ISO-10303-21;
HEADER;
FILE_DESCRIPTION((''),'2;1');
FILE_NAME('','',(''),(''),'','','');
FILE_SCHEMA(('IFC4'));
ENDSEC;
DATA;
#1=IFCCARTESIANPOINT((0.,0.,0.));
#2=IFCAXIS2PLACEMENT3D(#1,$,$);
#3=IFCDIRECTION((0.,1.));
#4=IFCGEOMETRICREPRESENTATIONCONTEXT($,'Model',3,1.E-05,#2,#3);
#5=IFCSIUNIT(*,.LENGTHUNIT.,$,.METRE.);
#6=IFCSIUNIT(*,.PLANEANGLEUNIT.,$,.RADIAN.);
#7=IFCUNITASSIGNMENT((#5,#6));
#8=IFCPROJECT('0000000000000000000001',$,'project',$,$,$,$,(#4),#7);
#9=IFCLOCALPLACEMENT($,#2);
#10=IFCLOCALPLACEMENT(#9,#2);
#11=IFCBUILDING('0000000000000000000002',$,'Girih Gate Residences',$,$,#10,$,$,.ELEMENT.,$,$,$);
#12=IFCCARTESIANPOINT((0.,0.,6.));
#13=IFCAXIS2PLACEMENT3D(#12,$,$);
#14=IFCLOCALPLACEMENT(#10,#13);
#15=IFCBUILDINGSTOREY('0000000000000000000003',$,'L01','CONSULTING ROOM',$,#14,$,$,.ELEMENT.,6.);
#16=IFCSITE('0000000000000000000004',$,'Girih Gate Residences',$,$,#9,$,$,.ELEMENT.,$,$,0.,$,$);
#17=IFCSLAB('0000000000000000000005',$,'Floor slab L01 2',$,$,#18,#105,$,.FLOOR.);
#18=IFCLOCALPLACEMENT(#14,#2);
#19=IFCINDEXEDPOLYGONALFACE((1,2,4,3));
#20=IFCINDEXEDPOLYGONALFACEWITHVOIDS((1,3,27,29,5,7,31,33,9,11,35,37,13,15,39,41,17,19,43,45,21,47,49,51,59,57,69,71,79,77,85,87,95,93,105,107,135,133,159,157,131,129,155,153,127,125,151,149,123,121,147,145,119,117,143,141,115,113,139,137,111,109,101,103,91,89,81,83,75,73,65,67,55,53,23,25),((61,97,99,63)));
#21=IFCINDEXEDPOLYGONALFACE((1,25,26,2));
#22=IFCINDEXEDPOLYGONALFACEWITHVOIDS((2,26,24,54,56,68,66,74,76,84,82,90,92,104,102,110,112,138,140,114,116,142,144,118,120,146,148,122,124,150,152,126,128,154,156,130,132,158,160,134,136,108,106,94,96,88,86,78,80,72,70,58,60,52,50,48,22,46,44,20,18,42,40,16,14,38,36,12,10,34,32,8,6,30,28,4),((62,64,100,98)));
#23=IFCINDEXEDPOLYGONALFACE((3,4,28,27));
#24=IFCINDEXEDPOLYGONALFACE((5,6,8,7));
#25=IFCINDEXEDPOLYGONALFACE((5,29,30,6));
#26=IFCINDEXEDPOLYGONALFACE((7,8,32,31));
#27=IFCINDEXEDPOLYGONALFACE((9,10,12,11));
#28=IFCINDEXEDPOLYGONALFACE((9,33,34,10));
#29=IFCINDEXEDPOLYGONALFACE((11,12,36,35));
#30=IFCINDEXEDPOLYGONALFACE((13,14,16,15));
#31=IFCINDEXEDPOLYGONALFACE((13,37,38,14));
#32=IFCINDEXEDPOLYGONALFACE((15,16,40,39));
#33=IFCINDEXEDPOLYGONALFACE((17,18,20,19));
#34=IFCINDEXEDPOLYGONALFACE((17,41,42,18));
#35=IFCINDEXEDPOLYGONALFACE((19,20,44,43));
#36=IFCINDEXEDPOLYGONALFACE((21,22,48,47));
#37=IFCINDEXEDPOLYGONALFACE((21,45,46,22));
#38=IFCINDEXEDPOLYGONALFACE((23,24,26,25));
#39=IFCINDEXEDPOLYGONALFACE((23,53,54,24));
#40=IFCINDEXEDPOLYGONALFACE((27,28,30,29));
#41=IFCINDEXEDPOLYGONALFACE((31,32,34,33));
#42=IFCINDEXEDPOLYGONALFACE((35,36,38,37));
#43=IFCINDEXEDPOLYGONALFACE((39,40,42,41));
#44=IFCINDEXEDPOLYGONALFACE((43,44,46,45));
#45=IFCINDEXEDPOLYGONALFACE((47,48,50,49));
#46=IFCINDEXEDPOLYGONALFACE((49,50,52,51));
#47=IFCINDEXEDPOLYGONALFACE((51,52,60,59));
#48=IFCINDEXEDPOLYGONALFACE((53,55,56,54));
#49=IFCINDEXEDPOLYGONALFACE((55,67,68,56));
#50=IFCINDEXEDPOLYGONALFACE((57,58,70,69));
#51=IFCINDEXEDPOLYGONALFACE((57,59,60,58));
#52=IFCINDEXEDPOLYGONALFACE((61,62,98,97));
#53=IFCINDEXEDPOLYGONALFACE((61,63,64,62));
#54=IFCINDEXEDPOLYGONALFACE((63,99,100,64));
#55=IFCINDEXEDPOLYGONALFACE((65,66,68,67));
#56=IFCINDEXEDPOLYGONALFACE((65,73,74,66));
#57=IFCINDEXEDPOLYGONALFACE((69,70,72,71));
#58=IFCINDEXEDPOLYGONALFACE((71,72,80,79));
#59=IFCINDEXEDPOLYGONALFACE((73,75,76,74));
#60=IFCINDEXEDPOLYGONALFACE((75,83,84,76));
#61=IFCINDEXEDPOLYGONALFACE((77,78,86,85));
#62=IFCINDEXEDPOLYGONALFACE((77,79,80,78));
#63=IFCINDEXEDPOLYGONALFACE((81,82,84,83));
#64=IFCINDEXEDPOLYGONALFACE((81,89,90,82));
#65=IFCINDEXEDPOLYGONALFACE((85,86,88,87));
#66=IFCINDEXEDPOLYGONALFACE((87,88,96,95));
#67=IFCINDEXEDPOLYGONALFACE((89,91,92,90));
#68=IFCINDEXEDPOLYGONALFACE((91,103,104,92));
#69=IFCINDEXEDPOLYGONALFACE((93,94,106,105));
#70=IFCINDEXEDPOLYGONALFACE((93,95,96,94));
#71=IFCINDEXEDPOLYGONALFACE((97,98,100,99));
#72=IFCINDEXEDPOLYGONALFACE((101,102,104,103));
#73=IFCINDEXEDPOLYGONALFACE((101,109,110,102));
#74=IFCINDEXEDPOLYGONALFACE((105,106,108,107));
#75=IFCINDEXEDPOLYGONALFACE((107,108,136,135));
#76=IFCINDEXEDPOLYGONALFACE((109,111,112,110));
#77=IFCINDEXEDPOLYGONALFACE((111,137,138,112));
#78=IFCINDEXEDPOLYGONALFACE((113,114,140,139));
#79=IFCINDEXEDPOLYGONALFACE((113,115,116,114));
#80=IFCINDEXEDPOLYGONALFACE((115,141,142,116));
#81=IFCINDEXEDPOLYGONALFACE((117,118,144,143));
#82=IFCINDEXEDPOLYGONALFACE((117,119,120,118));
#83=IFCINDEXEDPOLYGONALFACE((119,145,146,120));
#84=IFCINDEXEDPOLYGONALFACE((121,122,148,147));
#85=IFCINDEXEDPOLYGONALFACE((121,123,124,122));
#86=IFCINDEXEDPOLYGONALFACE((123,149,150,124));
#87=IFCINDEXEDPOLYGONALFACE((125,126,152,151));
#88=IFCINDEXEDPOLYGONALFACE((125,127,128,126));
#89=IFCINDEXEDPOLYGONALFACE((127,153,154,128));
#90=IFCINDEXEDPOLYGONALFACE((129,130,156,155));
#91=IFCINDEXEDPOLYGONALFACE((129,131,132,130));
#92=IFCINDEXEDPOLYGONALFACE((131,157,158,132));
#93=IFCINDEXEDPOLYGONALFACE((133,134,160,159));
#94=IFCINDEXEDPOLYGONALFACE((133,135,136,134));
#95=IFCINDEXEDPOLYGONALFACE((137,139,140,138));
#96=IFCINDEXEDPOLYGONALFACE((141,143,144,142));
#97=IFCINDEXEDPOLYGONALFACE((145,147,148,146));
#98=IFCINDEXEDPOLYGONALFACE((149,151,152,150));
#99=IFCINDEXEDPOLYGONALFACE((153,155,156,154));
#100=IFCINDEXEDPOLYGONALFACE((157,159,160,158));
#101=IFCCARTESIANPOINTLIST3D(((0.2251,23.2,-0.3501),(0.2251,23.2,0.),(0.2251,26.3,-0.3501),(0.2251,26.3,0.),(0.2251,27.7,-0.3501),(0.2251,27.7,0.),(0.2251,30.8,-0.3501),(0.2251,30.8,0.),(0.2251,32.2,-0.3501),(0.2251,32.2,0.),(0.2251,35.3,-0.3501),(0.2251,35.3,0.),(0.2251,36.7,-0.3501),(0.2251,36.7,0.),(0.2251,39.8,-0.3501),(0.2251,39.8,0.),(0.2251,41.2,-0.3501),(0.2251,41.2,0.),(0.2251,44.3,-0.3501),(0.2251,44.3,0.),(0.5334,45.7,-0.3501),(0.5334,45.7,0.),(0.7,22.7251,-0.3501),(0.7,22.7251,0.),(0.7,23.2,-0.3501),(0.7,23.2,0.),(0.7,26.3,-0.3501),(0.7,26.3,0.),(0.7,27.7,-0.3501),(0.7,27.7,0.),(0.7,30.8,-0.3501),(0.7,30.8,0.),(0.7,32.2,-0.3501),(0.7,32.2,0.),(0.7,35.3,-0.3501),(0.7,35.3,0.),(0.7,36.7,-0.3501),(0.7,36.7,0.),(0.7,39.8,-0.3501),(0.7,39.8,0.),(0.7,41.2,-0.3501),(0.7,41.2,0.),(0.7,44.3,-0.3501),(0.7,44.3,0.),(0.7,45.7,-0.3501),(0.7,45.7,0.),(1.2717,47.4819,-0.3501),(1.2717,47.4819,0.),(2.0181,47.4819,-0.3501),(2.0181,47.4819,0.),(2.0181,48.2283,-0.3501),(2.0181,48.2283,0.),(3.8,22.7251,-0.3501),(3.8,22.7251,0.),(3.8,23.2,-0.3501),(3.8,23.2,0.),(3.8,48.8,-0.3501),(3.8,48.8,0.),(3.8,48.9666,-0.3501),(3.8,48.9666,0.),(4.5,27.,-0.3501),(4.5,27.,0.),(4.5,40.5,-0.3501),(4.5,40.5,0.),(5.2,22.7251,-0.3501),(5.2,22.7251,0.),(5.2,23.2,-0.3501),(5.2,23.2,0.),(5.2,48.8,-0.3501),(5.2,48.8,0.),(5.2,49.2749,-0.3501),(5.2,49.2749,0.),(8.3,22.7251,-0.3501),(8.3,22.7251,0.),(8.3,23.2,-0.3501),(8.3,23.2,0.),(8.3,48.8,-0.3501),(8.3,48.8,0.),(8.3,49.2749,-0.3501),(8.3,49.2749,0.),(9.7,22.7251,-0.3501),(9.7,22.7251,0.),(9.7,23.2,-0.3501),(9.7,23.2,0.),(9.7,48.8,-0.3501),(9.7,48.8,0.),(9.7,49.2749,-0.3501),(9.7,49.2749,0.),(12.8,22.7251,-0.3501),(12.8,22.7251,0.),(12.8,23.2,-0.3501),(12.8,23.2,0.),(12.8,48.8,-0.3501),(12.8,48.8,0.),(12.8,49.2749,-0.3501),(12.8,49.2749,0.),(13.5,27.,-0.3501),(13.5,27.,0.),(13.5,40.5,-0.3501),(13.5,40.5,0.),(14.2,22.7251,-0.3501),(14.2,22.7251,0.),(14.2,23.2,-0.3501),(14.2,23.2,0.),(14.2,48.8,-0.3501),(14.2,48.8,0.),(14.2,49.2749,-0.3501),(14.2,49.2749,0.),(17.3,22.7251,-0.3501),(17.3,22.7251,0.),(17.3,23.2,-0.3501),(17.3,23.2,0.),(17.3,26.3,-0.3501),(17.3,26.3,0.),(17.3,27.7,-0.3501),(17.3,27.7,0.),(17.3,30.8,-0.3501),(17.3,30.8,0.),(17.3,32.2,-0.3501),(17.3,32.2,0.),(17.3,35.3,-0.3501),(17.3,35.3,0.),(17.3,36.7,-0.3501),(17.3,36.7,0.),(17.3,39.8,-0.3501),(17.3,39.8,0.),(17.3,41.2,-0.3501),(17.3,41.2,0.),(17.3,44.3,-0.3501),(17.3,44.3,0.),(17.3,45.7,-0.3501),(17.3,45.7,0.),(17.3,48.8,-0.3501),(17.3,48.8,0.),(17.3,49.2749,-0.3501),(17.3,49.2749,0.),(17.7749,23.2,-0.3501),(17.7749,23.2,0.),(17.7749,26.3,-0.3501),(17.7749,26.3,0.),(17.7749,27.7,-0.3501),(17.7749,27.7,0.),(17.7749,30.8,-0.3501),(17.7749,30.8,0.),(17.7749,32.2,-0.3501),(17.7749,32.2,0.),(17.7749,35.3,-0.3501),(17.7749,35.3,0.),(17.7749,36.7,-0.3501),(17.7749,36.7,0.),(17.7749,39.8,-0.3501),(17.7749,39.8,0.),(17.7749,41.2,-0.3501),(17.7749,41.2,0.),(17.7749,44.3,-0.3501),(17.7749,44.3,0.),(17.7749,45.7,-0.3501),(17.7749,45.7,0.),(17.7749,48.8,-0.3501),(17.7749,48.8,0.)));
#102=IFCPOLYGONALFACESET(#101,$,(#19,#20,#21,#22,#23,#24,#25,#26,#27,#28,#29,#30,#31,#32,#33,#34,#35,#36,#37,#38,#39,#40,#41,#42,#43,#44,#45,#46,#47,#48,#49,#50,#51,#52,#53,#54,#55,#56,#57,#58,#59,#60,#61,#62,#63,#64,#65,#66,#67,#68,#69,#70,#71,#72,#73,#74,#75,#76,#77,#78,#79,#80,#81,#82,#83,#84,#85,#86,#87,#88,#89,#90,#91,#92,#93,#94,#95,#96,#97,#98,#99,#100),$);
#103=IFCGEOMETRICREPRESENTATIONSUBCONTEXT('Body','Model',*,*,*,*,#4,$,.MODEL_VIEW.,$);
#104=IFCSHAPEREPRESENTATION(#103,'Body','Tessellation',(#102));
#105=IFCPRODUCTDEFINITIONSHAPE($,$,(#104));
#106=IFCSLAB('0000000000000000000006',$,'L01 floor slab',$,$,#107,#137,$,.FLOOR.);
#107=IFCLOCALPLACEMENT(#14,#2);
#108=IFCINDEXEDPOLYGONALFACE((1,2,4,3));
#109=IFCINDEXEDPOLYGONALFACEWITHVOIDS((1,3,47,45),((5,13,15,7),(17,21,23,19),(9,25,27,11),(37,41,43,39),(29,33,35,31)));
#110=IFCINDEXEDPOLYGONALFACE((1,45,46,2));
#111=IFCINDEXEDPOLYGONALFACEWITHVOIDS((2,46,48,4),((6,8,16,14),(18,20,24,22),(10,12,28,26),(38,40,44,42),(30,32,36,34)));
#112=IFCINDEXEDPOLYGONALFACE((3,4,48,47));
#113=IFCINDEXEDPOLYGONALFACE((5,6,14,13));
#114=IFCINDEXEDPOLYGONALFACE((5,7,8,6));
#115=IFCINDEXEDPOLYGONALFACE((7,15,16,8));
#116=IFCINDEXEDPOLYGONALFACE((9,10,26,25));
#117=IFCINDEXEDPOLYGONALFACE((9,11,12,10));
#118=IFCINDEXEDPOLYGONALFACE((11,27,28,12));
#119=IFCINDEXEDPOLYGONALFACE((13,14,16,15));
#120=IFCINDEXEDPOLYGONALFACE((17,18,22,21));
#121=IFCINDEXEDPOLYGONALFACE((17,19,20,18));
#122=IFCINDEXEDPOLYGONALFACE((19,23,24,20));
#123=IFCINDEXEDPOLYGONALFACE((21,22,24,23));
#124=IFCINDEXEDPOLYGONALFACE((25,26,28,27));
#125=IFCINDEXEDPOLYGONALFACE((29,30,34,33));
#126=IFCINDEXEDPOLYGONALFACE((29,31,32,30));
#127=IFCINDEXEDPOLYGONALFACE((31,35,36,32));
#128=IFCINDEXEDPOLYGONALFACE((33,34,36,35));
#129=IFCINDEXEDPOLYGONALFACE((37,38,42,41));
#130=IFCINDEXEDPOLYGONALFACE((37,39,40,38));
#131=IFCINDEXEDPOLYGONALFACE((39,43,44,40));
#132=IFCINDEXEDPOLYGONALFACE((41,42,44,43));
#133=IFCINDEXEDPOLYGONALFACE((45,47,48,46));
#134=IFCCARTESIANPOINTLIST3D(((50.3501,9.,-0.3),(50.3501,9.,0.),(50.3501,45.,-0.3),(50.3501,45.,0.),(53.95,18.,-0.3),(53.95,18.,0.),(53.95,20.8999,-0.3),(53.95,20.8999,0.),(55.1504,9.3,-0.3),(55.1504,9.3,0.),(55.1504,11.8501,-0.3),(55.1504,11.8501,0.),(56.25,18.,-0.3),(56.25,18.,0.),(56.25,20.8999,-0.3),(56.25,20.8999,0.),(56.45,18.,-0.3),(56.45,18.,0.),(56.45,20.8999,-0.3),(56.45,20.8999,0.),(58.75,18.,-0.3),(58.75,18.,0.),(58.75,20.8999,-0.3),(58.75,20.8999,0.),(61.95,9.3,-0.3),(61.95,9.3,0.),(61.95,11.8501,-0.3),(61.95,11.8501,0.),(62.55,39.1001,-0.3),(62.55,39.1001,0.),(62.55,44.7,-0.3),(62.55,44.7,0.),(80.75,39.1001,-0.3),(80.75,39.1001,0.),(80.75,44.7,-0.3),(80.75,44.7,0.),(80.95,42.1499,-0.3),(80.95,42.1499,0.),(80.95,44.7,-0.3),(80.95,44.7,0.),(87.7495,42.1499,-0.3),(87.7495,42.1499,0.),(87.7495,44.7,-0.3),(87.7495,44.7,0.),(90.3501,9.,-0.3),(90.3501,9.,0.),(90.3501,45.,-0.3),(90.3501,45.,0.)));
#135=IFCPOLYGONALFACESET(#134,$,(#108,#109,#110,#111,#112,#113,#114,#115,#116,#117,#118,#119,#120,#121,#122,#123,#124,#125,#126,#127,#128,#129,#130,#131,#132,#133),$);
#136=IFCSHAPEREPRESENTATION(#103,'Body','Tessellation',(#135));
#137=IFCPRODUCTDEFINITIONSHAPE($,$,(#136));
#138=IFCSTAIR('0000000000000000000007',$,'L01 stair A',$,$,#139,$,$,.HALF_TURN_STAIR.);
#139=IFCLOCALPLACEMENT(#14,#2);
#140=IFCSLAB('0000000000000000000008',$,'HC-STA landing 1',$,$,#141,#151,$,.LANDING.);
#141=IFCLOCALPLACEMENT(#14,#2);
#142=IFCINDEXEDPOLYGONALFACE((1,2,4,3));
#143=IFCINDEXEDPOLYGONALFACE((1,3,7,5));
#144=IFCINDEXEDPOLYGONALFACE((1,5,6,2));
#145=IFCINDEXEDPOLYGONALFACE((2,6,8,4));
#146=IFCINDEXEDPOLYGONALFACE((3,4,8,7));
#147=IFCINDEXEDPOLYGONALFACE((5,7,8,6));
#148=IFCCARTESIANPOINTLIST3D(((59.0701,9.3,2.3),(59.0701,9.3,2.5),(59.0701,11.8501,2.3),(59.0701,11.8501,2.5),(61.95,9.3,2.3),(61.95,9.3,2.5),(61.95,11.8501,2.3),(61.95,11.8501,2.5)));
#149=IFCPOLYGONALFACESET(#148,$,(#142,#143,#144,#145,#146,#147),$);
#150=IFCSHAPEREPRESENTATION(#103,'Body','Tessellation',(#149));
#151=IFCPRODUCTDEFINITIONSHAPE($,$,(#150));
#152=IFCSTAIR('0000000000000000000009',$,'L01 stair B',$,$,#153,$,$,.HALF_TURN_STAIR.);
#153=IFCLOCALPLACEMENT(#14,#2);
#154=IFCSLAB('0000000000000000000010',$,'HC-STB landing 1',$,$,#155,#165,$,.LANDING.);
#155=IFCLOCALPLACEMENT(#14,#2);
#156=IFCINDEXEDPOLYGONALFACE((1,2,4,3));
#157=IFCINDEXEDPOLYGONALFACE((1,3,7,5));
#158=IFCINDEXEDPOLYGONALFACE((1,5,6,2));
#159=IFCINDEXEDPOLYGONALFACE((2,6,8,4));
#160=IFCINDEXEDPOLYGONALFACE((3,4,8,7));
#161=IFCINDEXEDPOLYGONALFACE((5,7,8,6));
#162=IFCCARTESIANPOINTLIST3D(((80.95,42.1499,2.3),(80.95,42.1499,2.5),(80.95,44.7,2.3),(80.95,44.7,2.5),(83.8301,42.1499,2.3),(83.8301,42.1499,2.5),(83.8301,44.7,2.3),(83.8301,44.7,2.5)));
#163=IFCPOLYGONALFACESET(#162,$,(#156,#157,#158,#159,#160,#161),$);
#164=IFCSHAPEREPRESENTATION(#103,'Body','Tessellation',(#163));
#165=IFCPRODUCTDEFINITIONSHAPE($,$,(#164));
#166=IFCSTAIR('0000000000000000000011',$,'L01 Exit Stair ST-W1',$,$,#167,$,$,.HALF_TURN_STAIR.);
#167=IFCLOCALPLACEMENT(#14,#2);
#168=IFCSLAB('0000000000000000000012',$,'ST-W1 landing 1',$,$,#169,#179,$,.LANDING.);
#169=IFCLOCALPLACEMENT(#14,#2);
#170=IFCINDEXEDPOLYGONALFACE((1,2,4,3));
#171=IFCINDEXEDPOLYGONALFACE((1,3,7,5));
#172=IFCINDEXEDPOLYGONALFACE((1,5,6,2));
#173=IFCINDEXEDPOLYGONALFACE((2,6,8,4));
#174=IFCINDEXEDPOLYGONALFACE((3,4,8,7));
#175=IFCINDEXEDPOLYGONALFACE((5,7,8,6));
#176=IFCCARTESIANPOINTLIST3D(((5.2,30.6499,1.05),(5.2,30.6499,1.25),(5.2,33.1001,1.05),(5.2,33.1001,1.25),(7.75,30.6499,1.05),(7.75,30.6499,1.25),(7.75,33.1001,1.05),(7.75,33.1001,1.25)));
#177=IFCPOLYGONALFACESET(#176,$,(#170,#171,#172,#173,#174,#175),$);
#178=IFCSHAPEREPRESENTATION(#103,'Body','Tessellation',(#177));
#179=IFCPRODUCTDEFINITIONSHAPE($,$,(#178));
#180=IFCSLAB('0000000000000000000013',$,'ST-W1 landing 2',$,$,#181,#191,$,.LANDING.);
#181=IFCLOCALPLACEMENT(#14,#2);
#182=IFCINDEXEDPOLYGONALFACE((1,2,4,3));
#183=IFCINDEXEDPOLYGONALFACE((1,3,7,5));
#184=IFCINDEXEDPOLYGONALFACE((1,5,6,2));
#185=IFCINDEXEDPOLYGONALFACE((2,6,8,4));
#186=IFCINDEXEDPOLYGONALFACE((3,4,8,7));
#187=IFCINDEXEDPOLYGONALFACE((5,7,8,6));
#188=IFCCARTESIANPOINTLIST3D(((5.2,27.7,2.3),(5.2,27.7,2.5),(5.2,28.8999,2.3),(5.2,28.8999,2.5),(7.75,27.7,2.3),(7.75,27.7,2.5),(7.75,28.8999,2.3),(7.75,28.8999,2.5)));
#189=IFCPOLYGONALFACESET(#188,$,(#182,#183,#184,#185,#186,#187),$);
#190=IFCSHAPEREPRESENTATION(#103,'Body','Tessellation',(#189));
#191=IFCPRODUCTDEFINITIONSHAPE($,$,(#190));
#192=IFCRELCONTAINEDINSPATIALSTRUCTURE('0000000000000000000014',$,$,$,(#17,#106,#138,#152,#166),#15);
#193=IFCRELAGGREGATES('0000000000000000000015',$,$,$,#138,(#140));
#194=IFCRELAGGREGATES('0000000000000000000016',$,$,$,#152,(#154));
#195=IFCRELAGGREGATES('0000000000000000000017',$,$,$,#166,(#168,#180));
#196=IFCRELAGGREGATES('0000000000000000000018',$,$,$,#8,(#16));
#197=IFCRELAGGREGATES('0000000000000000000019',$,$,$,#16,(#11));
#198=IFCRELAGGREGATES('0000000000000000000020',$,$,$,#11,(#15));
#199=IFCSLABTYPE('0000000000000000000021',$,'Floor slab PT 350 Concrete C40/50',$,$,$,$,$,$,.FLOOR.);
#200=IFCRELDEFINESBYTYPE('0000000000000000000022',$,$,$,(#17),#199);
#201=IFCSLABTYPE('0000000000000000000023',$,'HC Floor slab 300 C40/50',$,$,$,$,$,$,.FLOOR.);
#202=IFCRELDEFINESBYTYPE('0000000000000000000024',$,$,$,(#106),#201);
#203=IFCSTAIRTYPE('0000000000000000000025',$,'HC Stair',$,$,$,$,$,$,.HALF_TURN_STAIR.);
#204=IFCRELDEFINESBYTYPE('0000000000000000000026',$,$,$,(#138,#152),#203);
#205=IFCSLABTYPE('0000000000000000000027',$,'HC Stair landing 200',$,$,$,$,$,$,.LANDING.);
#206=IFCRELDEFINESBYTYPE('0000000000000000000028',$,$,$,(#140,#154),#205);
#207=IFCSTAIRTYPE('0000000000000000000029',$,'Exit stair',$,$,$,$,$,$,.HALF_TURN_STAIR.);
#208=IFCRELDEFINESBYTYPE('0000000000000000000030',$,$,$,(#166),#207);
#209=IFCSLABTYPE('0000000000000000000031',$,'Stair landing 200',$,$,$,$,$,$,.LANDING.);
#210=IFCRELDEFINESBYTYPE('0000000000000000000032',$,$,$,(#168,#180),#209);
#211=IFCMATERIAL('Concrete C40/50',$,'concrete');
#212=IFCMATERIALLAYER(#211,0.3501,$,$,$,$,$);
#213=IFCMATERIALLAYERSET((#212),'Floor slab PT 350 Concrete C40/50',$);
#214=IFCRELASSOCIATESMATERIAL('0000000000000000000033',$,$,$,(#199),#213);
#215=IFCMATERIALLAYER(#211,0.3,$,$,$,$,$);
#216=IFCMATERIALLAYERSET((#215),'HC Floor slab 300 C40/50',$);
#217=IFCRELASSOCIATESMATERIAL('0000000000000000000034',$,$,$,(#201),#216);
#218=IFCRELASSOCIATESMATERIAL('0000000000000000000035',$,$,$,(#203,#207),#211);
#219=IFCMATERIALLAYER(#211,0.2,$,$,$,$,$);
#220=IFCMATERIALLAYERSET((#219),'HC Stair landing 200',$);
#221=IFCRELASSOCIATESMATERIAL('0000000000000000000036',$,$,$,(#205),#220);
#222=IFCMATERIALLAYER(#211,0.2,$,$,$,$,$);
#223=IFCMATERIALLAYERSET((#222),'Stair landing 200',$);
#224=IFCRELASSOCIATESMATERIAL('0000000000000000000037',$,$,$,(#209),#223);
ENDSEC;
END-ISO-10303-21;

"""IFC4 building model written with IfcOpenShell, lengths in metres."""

from ifc_helpers import new_model, si_unit, direction, frame, origin, place, context, subcontext, project, spatial, polyline, outline, extrude, material, layer, layer_set, type_object, element, aggregate, save


model = new_model("IFC4")

# Units and contexts
model_context = context("Model", 3, precision=1e-05, world=origin(), true_north=direction((0.0, 1.0)))
body_context = subcontext(model_context, "Body", "Model", "MODEL_VIEW")
ifc_project = project(units=[si_unit("LENGTHUNIT", "METRE"), si_unit("PLANEANGLEUNIT", "RADIAN")], contexts=[model_context])

# Site, building, storey
site_placement = place(None, origin())
site = spatial("IfcSite", under=ifc_project, at=site_placement, Name="Girih Gate Residences", CompositionType="ELEMENT", RefElevation=0.0)
building_placement = place(site_placement, origin())
building = spatial("IfcBuilding", under=site, at=building_placement, Name="Girih Gate Residences", CompositionType="ELEMENT")
storey_placement = place(building_placement, frame((0.0, 0.0, 6.0)))
storey = spatial("IfcBuildingStorey", under=building, at=storey_placement, Name="L01", Description="CONSULTING ROOM", CompositionType="ELEMENT", Elevation=6.0)

# Slabs
ifc_material_1 = material(Name="Concrete C40/50", Category="concrete")
ifc_layer_1 = layer(ifc_material_1, 0.3501)
ifc_layer_set_1 = layer_set([ifc_layer_1], Name="Floor slab PT 350 Concrete C40/50")
slab_type_1 = type_object("IfcSlabType", Name="Floor slab PT 350 Concrete C40/50", PredefinedType="FLOOR", material=ifc_layer_set_1)
slab_1_placement = place(storey_placement, frame((0.0, 0.0, -0.3501)))
element("IfcSlab", 1, at=slab_1_placement, inside=storey, type_object=slab_type_1, Name="Floor slab L01 2", PredefinedType="FLOOR", context=body_context, shape_type="SweptSolid", body=[
    extrude(outline(polyline([(0.2251, 26.3), (0.2251, 23.2), (0.7, 23.2), (0.7, 22.7251), (3.8, 22.7251), (3.8, 23.2), (5.2, 23.2), (5.2, 22.7251), (8.3, 22.7251), (8.3, 23.2), (9.7, 23.2), (9.7, 22.7251), (12.8, 22.7251), (12.8, 23.2), (14.2, 23.2), (14.2, 22.7251), (17.3, 22.7251), (17.3, 23.2), (17.7749, 23.2), (17.7749, 26.3), (17.3, 26.3), (17.3, 27.7), (17.7749, 27.7), (17.7749, 30.8), (17.3, 30.8), (17.3, 32.2), (17.7749, 32.2), (17.7749, 35.3), (17.3, 35.3), (17.3, 36.7), (17.7749, 36.7), (17.7749, 39.8), (17.3, 39.8), (17.3, 41.2), (17.7749, 41.2), (17.7749, 44.3), (17.3, 44.3), (17.3, 45.7), (17.7749, 45.7), (17.7749, 48.8), (17.3, 48.8), (17.3, 49.2749), (14.2, 49.2749), (14.2, 48.8), (12.8, 48.8), (12.8, 49.2749), (9.7, 49.2749), (9.7, 48.8), (8.3, 48.8), (8.3, 49.2749), (5.2, 49.2749), (5.2, 48.8), (3.8, 48.8), (3.8, 48.9666), (2.0181, 48.2283), (2.0181, 47.4819), (1.2717, 47.4819), (0.5334, 45.7), (0.7, 45.7), (0.7, 44.3), (0.2251, 44.3), (0.2251, 41.2), (0.7, 41.2), (0.7, 39.8), (0.2251, 39.8), (0.2251, 36.7), (0.7, 36.7), (0.7, 35.3), (0.2251, 35.3), (0.2251, 32.2), (0.7, 32.2), (0.7, 30.8), (0.2251, 30.8), (0.2251, 27.7), (0.7, 27.7), (0.7, 26.3), (0.2251, 26.3)]), holes=[polyline([(13.5, 40.5), (13.5, 27.0), (4.5, 27.0), (4.5, 40.5), (13.5, 40.5)])]), origin(), (0.0, 0.0, 1.0), 0.3501),
])
ifc_layer_2 = layer(ifc_material_1, 0.3)
ifc_layer_set_2 = layer_set([ifc_layer_2], Name="HC Floor slab 300 C40/50")
slab_type_2 = type_object("IfcSlabType", Name="HC Floor slab 300 C40/50", PredefinedType="FLOOR", material=ifc_layer_set_2)
slab_2_placement = place(storey_placement, frame((0.0, 0.0, -0.3)))
element("IfcSlab", 2, at=slab_2_placement, inside=storey, type_object=slab_type_2, Name="L01 floor slab", PredefinedType="FLOOR", context=body_context, shape_type="SweptSolid", body=[
    extrude(outline(polyline([(50.3501, 9.0), (90.3501, 9.0), (90.3501, 45.0), (50.3501, 45.0), (50.3501, 9.0)]), holes=[polyline([(55.1504, 9.3), (61.95, 9.3), (61.95, 11.8501), (55.1504, 11.8501), (55.1504, 9.3)]), polyline([(87.7495, 44.7), (80.95, 44.7), (80.95, 42.1499), (87.7495, 42.1499), (87.7495, 44.7)]), polyline([(53.95, 18.0), (56.25, 18.0), (56.25, 20.8999), (53.95, 20.8999), (53.95, 18.0)]), polyline([(56.45, 18.0), (58.75, 18.0), (58.75, 20.8999), (56.45, 20.8999), (56.45, 18.0)]), polyline([(62.55, 39.1001), (80.75, 39.1001), (80.75, 44.7), (62.55, 44.7), (62.55, 39.1001)])]), origin(), (0.0, 0.0, 1.0), 0.3),
])

# Stairs, slabs
stair_type_1 = type_object("IfcStairType", Name="HC Stair", PredefinedType="HALF_TURN_STAIR", material=ifc_material_1)
stair_1_placement = place(storey_placement, origin())
stair_1 = element("IfcStair", 3, at=stair_1_placement, inside=storey, type_object=stair_type_1, Name="L01 stair A", PredefinedType="HALF_TURN_STAIR")
ifc_layer_3 = layer(ifc_material_1, 0.2)
ifc_layer_set_3 = layer_set([ifc_layer_3], Name="HC Stair landing 200")
slab_type_3 = type_object("IfcSlabType", Name="HC Stair landing 200", PredefinedType="LANDING", material=ifc_layer_set_3)
slab_3_placement = place(storey_placement, frame((0.0, 0.0, 2.3)))
slab_3 = element("IfcSlab", 4, at=slab_3_placement, type_object=slab_type_3, Name="HC-STA landing 1", PredefinedType="LANDING", context=body_context, shape_type="SweptSolid", body=[
    extrude(outline(polyline([(59.0701, 9.3), (61.95, 9.3), (61.95, 11.8501), (59.0701, 11.8501), (59.0701, 9.3)])), origin(), (0.0, 0.0, 1.0), 0.2),
])
aggregate(stair_1, [slab_3])
stair_2_placement = place(storey_placement, origin())
stair_2 = element("IfcStair", 5, at=stair_2_placement, inside=storey, type_object=stair_type_1, Name="L01 stair B", PredefinedType="HALF_TURN_STAIR")
slab_4_placement = place(storey_placement, frame((0.0, 0.0, 2.3)))
slab_4 = element("IfcSlab", 6, at=slab_4_placement, type_object=slab_type_3, Name="HC-STB landing 1", PredefinedType="LANDING", context=body_context, shape_type="SweptSolid", body=[
    extrude(outline(polyline([(83.8301, 44.7), (80.95, 44.7), (80.95, 42.1499), (83.8301, 42.1499), (83.8301, 44.7)])), origin(), (0.0, 0.0, 1.0), 0.2),
])
aggregate(stair_2, [slab_4])

# Stair, slabs
stair_type_2 = type_object("IfcStairType", Name="Exit stair", PredefinedType="HALF_TURN_STAIR", material=ifc_material_1)
stair_3_placement = place(storey_placement, origin())
stair_3 = element("IfcStair", 7, at=stair_3_placement, inside=storey, type_object=stair_type_2, Name="L01 Exit Stair ST-W1", PredefinedType="HALF_TURN_STAIR")
ifc_layer_4 = layer(ifc_material_1, 0.2)
ifc_layer_set_4 = layer_set([ifc_layer_4], Name="Stair landing 200")
slab_type_4 = type_object("IfcSlabType", Name="Stair landing 200", PredefinedType="LANDING", material=ifc_layer_set_4)
slab_5_placement = place(storey_placement, frame((0.0, 0.0, 1.05)))
slab_5 = element("IfcSlab", 8, at=slab_5_placement, type_object=slab_type_4, Name="ST-W1 landing 1", PredefinedType="LANDING", context=body_context, shape_type="SweptSolid", body=[
    extrude(outline(polyline([(7.75, 30.6499), (7.75, 33.1001), (5.2, 33.1001), (5.2, 30.6499), (7.75, 30.6499)])), origin(), (0.0, 0.0, 1.0), 0.2),
])
slab_6_placement = place(storey_placement, frame((0.0, 0.0, 2.3)))
slab_6 = element("IfcSlab", 9, at=slab_6_placement, type_object=slab_type_4, Name="ST-W1 landing 2", PredefinedType="LANDING", context=body_context, shape_type="SweptSolid", body=[
    extrude(outline(polyline([(7.75, 27.7), (7.75, 28.8999), (5.2, 28.8999), (5.2, 27.7), (7.75, 27.7)])), origin(), (0.0, 0.0, 1.0), 0.2),
])
aggregate(stair_3, [slab_5, slab_6])

save(model, "model.ifc")
